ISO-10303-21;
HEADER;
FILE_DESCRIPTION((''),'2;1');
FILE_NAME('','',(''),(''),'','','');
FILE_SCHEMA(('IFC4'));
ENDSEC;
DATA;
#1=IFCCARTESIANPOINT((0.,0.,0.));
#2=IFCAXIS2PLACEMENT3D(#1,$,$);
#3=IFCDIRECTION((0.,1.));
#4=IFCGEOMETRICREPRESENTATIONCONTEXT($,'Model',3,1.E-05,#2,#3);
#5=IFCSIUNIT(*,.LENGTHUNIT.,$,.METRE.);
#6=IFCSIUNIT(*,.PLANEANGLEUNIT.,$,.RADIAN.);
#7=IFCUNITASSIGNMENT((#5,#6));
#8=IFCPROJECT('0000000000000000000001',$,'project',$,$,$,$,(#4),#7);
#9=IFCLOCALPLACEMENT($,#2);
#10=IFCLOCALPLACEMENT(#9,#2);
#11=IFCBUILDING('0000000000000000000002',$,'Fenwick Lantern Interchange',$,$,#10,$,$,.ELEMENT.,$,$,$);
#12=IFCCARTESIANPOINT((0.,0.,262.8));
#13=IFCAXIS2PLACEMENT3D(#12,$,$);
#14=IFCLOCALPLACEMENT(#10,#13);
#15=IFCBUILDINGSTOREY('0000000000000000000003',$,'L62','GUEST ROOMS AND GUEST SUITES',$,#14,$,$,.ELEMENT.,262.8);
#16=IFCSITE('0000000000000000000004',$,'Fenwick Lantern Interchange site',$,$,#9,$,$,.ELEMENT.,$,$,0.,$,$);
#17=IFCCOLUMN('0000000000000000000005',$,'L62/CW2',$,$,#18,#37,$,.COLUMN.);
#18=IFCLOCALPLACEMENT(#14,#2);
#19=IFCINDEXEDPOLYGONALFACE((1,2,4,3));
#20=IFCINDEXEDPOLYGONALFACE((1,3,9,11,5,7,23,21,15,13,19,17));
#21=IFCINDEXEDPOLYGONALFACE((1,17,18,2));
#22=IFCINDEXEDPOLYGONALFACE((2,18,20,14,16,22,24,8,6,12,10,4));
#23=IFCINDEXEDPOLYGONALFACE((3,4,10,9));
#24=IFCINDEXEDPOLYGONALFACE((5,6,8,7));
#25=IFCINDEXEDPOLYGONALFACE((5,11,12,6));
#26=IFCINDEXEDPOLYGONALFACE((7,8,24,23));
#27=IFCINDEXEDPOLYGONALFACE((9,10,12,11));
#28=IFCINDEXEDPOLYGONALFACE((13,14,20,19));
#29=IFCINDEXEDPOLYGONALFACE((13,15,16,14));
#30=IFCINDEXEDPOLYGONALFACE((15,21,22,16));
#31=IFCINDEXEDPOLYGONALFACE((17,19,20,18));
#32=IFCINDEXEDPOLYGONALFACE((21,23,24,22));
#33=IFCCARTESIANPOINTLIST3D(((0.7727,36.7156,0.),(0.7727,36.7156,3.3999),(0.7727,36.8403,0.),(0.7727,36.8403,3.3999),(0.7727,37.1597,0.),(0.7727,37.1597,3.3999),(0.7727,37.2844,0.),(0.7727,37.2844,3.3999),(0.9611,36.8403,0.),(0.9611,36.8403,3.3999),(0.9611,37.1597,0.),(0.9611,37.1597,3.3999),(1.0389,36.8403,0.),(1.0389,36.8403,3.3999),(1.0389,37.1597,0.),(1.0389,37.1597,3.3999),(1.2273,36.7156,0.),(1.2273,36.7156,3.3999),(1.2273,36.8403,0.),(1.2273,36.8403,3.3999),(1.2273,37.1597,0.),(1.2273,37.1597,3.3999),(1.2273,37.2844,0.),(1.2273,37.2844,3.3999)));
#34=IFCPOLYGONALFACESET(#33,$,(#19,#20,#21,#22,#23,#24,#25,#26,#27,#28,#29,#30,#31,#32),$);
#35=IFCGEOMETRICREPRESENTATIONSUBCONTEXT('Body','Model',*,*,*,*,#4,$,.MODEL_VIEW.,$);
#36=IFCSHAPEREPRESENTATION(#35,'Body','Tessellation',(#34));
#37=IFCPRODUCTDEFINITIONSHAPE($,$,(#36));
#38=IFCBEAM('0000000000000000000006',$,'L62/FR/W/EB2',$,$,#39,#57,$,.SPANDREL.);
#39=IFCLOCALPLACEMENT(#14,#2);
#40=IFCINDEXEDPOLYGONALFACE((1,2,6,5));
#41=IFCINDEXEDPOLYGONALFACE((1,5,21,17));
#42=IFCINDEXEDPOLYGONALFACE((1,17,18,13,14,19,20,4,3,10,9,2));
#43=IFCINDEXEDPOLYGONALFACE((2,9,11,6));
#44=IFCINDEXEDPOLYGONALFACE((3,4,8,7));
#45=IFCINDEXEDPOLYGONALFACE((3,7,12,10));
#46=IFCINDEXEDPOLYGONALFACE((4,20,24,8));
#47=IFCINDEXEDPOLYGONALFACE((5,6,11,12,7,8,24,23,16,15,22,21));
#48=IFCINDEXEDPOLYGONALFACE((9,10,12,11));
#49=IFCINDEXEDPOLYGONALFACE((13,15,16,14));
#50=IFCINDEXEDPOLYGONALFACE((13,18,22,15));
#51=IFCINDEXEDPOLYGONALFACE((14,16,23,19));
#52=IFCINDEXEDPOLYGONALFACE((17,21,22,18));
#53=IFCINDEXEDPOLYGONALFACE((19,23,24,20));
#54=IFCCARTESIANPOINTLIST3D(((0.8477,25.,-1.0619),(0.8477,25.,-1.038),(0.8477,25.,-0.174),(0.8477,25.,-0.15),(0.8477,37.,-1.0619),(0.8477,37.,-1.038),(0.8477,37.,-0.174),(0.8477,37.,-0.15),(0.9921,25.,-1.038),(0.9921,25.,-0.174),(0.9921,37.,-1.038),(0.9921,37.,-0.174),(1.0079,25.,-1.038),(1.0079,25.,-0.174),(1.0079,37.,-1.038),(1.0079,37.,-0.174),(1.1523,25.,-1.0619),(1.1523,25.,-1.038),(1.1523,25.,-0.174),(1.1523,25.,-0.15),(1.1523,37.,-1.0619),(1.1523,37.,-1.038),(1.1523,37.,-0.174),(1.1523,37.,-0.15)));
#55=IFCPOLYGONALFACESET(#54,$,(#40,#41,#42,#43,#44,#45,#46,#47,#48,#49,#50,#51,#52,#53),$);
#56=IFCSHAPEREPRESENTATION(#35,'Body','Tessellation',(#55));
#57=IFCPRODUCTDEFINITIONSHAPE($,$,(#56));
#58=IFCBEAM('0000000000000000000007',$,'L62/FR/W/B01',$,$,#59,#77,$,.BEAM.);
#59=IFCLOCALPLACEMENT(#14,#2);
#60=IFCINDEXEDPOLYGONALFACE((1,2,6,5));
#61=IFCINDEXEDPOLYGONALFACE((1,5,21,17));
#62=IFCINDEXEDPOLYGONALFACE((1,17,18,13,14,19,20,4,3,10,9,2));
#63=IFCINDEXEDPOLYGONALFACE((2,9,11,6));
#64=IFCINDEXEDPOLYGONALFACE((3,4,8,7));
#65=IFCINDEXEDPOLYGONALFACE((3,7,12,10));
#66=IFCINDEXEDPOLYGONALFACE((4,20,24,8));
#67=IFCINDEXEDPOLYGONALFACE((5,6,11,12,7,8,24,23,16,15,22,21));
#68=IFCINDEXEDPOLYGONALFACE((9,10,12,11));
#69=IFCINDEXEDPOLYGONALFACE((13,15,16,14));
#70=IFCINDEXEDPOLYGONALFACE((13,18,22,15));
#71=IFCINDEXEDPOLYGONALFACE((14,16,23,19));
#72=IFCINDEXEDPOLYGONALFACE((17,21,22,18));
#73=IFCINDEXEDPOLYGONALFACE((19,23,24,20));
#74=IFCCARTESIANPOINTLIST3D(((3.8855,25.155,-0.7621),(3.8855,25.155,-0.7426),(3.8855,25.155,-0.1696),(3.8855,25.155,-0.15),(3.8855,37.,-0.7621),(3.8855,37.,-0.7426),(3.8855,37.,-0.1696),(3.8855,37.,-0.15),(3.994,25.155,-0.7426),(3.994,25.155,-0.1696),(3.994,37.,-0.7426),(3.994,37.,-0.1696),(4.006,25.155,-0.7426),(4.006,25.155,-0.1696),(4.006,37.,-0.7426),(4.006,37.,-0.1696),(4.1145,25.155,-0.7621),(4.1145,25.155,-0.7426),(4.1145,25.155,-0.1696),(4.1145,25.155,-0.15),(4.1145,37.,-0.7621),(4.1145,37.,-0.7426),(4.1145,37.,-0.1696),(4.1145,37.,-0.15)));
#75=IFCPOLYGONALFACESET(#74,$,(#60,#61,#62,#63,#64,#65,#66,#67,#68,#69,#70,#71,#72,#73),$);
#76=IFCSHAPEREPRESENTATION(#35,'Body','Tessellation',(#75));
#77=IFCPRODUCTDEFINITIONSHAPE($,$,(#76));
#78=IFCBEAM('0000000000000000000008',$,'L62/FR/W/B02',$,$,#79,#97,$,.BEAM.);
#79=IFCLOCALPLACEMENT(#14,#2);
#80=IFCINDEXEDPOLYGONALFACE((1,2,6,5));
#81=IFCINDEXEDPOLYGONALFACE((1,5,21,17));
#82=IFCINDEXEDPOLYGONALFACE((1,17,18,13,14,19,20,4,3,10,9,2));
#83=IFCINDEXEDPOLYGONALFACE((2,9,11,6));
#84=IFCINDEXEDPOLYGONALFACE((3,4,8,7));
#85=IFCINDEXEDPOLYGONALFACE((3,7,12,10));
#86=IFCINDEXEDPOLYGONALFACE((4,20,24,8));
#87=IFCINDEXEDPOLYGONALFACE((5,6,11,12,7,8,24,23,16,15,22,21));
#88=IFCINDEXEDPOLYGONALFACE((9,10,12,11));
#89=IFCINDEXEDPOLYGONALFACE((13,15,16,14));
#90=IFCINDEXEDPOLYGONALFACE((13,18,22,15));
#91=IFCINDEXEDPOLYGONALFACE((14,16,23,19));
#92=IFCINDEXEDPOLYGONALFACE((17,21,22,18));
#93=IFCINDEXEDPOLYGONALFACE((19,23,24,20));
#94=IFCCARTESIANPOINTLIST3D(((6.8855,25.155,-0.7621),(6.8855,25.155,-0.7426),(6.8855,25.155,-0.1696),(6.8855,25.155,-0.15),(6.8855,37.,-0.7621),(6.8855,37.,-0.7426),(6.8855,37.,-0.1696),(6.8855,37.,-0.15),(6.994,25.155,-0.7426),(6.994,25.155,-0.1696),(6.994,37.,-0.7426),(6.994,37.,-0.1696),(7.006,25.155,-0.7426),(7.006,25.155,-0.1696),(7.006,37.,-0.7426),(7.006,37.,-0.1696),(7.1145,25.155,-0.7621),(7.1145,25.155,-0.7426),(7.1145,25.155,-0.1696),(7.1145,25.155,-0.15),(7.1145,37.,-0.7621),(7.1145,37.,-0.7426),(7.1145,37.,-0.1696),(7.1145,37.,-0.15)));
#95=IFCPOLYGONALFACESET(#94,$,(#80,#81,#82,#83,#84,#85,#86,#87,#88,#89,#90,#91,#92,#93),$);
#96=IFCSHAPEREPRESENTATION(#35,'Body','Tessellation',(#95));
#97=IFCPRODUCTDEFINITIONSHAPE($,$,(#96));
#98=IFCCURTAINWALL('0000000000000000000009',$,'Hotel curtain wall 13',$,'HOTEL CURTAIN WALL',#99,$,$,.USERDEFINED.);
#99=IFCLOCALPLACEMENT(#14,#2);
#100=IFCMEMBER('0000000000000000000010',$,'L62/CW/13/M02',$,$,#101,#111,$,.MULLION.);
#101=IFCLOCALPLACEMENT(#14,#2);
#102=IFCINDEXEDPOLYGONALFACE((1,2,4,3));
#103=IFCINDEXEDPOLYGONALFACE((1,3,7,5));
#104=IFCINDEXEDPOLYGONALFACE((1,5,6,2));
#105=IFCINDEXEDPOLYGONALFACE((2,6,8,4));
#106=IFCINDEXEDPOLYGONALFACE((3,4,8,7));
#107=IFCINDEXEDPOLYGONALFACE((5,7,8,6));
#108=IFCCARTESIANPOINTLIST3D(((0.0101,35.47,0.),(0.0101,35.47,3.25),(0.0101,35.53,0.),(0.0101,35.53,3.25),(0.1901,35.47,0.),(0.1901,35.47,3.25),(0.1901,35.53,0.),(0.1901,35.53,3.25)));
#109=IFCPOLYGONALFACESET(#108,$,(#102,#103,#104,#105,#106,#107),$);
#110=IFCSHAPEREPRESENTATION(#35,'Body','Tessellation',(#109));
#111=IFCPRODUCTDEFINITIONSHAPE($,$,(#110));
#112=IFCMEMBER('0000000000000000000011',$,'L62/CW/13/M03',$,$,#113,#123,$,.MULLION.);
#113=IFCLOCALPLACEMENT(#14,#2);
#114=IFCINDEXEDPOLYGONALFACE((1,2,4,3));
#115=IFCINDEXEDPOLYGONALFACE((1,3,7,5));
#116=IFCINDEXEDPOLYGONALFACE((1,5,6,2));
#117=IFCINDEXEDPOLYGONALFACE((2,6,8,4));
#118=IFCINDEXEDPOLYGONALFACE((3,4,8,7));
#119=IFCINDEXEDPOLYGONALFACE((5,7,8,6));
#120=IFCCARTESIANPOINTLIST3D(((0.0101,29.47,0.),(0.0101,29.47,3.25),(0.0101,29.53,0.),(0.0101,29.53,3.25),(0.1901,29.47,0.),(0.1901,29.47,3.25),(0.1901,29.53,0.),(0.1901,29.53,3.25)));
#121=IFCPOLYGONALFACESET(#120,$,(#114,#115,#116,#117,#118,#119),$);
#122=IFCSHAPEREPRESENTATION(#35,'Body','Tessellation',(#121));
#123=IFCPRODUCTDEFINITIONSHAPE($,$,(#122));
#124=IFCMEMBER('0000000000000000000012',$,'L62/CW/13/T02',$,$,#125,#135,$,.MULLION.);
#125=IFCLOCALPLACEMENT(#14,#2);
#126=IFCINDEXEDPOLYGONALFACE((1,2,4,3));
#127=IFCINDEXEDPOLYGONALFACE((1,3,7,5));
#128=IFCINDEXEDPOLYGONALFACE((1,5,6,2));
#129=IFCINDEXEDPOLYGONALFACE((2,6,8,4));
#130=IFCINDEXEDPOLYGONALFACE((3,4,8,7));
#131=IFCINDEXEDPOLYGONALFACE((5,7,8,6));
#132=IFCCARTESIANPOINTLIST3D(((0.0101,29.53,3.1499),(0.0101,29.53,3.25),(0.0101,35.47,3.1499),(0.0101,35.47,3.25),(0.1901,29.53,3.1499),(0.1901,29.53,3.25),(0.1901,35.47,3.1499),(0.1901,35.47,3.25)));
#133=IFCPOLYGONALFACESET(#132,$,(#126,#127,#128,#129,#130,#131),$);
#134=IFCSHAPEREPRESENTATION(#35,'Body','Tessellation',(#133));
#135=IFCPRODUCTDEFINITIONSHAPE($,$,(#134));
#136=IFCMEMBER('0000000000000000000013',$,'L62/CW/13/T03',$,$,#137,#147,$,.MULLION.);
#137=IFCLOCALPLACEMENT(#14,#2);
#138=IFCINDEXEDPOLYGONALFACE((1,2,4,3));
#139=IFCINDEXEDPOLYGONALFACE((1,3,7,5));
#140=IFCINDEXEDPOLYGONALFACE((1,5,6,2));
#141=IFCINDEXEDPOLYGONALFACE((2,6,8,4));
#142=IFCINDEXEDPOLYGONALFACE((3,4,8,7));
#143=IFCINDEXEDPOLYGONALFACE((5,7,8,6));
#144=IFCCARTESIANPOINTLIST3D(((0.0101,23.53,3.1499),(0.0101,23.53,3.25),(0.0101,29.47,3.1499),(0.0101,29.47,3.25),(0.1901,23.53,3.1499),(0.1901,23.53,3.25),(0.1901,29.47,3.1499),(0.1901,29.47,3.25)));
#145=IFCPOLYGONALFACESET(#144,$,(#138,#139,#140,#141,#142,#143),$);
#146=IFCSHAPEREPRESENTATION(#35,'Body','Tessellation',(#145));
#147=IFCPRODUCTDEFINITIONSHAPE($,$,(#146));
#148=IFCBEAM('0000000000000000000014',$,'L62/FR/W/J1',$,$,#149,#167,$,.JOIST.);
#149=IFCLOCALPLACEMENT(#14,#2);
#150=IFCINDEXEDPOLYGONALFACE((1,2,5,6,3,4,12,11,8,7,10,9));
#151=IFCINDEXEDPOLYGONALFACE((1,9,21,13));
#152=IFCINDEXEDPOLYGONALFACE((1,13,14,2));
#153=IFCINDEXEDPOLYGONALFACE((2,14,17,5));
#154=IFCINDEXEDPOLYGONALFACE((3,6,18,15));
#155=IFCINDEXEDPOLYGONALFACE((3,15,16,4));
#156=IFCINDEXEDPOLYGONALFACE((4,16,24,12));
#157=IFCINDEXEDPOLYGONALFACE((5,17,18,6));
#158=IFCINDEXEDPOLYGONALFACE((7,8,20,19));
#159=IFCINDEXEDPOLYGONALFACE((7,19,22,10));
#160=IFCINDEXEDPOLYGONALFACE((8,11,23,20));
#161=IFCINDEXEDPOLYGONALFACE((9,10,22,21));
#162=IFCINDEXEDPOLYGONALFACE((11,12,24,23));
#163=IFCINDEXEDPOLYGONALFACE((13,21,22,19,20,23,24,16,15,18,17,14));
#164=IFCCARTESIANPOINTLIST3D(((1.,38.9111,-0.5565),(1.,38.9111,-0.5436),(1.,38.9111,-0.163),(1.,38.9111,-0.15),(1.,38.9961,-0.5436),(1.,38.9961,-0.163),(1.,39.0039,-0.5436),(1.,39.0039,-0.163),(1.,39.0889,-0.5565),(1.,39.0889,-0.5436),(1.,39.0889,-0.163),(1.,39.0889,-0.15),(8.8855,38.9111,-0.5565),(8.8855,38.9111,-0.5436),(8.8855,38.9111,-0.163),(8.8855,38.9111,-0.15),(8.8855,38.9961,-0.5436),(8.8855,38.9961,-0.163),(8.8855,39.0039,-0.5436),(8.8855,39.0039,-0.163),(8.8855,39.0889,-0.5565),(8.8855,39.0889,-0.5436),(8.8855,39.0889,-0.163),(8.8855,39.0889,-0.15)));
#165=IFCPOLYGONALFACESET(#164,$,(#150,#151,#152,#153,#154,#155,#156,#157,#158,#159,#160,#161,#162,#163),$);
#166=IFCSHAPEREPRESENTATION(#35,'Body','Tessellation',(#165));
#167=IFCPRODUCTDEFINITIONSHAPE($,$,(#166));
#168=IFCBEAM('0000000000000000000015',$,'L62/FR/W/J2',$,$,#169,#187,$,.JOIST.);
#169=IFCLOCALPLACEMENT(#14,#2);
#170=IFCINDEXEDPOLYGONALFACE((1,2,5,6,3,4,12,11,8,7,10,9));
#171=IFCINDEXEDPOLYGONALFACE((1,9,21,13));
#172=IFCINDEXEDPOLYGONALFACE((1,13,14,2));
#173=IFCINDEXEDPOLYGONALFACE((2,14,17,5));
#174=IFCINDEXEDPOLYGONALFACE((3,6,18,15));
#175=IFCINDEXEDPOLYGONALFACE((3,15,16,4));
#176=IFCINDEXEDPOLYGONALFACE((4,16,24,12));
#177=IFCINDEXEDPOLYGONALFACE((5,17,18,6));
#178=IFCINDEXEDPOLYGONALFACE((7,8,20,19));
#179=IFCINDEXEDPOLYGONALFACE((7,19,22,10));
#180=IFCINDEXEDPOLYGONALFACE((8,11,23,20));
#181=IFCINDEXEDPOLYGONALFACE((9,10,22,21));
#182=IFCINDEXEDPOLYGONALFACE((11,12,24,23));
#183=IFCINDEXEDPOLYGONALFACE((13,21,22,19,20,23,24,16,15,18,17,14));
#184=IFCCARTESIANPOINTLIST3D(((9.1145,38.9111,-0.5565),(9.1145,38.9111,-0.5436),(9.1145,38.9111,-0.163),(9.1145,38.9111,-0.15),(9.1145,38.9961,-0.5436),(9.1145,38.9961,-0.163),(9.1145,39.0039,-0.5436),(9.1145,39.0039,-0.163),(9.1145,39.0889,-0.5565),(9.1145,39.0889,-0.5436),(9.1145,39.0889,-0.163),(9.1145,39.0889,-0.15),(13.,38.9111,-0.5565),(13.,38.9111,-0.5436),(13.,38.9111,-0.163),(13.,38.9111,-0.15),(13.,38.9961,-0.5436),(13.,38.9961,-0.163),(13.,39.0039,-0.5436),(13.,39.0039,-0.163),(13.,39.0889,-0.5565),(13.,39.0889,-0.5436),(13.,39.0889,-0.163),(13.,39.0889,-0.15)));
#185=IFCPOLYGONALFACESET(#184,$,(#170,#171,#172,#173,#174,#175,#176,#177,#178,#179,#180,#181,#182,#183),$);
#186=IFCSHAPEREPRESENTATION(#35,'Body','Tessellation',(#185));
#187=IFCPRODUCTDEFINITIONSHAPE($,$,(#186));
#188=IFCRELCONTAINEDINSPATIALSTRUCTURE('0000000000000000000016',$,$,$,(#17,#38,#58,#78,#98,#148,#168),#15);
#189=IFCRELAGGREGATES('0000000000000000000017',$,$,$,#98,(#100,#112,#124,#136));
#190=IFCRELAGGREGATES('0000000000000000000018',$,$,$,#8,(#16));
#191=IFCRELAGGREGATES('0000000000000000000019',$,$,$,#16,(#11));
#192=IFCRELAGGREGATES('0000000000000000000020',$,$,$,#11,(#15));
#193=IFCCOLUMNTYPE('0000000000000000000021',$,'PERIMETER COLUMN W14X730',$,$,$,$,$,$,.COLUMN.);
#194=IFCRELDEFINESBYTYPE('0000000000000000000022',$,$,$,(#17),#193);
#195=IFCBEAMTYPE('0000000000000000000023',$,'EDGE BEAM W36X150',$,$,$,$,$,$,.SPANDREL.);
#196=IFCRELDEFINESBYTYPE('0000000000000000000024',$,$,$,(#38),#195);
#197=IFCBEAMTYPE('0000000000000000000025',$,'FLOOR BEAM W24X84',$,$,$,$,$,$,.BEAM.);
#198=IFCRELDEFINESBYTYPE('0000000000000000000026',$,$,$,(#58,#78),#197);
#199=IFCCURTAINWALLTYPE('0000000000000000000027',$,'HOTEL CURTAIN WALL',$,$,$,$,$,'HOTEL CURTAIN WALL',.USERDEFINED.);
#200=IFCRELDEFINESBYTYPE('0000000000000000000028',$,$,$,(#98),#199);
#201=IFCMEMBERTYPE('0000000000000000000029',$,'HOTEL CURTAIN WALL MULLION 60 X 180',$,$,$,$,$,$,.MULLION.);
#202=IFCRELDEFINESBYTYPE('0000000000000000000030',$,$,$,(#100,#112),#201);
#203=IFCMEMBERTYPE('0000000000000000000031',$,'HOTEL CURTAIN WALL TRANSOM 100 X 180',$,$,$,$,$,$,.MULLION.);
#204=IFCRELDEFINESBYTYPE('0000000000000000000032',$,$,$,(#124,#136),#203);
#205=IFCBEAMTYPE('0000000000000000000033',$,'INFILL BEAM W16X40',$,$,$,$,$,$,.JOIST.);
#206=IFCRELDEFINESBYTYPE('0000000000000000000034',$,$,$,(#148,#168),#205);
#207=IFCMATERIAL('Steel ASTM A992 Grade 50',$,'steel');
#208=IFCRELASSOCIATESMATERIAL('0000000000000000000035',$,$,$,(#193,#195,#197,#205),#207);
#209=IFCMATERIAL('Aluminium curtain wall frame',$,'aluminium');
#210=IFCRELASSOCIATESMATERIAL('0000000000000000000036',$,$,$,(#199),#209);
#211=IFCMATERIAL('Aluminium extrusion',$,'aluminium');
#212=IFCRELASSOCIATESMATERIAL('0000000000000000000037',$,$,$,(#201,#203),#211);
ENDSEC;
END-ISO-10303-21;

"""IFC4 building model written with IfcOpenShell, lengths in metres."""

from ifc_helpers import new_model, si_unit, direction, frame, origin, origin_2d, place, context, subcontext, project, spatial, rectangle, i_section, extrude, material, material_profile, profile_set, type_object, element, aggregate, save


model = new_model("IFC4")

# Units and contexts
model_context = context("Model", 3, precision=1e-05, world=origin(), true_north=direction((0.0, 1.0)))
body_context = subcontext(model_context, "Body", "Model", "MODEL_VIEW")
ifc_project = project(units=[si_unit("LENGTHUNIT", "METRE"), si_unit("PLANEANGLEUNIT", "RADIAN")], contexts=[model_context])

# Site, building, storey
site_placement = place(None, origin())
site = spatial("IfcSite", under=ifc_project, at=site_placement, Name="Fenwick Lantern Interchange site", CompositionType="ELEMENT", RefElevation=0.0)
building_placement = place(site_placement, origin())
building = spatial("IfcBuilding", under=site, at=building_placement, Name="Fenwick Lantern Interchange", CompositionType="ELEMENT")
storey_placement = place(building_placement, frame((0.0, 0.0, 262.8)))
storey = spatial("IfcBuildingStorey", under=building, at=storey_placement, Name="L62", Description="GUEST ROOMS AND GUEST SUITES", CompositionType="ELEMENT", Elevation=262.8)

# Column
ifc_material_1 = material(Name="Steel ASTM A992 Grade 50", Category="steel")
ifc_material_profile_1 = material_profile(ifc_material_1, i_section(OverallWidth=0.4546, OverallDepth=0.5688, WebThickness=0.0779, FlangeThickness=0.1248, at=origin_2d()), Name="W14X730")
ifc_profile_set_1 = profile_set([ifc_material_profile_1], Name="Steel ASTM A992 Grade 50")
column_type = type_object("IfcColumnType", Name="PERIMETER COLUMN W14X730", PredefinedType="COLUMN", material=ifc_profile_set_1)
column_placement = place(storey_placement, frame((1.0, 37.0, 0.0), z_axis=(0.0, 0.0, 1.0), x_axis=(1.0, 0.0, 0.0)))
element("IfcColumn", 1, at=column_placement, inside=storey, type_object=column_type, Name="L62/CW2", PredefinedType="COLUMN", context=body_context, shape_type="SweptSolid", body=[
    extrude(i_section(OverallWidth=0.4546, OverallDepth=0.5688, WebThickness=0.0779, FlangeThickness=0.1248, at=origin_2d()), origin(), (0.0, 0.0, 1.0), 3.3999),
])

# Beams
ifc_material_profile_2 = material_profile(ifc_material_1, i_section(OverallWidth=0.3047, OverallDepth=0.9119, WebThickness=0.0159, FlangeThickness=0.0239, at=origin_2d()), Name="W36X150")
ifc_profile_set_2 = profile_set([ifc_material_profile_2], Name="Steel ASTM A992 Grade 50")
beam_type_1 = type_object("IfcBeamType", Name="EDGE BEAM W36X150", PredefinedType="SPANDREL", material=ifc_profile_set_2)
beam_1_placement = place(storey_placement, frame((1.0, 37.0, -0.606), z_axis=(0.0, -1.0, 0.0), x_axis=(1.0, 0.0, 0.0)))
element("IfcBeam", 2, at=beam_1_placement, inside=storey, type_object=beam_type_1, Name="L62/FR/W/EB2", PredefinedType="SPANDREL", context=body_context, shape_type="SweptSolid", body=[
    extrude(i_section(OverallWidth=0.3047, OverallDepth=0.9119, WebThickness=0.0159, FlangeThickness=0.0239, at=origin_2d()), origin(), (0.0, 0.0, 1.0), 12.0),
])
ifc_material_profile_3 = material_profile(ifc_material_1, i_section(OverallWidth=0.229, OverallDepth=0.6121, WebThickness=0.012, FlangeThickness=0.0195, at=origin_2d()), Name="W24X84")
ifc_profile_set_3 = profile_set([ifc_material_profile_3], Name="Steel ASTM A992 Grade 50")
beam_type_2 = type_object("IfcBeamType", Name="FLOOR BEAM W24X84", PredefinedType="BEAM", material=ifc_profile_set_3)
for number, where, z_axis, x_axis, name in (
    (3, (4.0, 37.0, -0.4561), (0.0, -1.0, 0.0), (1.0, 0.0, 0.0), "L62/FR/W/B01"),
    (4, (7.0, 37.0, -0.4561), (0.0, -1.0, 0.0), (1.0, 0.0, 0.0), "L62/FR/W/B02"),
):
    element("IfcBeam", number, at=place(storey_placement, frame(where, z_axis=z_axis, x_axis=x_axis)), inside=storey, type_object=beam_type_2, Name=name, PredefinedType="BEAM", context=body_context, shape_type="SweptSolid", body=[
        extrude(i_section(OverallWidth=0.229, OverallDepth=0.6121, WebThickness=0.012, FlangeThickness=0.0195, at=origin_2d()), origin(), (0.0, 0.0, 1.0), 11.845),
    ])

# Curtain wall, members
ifc_material_2 = material(Name="Aluminium curtain wall frame", Category="aluminium")
curtain_wall_type = type_object("IfcCurtainWallType", Name="HOTEL CURTAIN WALL", ElementType="HOTEL CURTAIN WALL", PredefinedType="USERDEFINED", material=ifc_material_2)
curtain_wall_placement = place(storey_placement, origin())
curtain_wall = element("IfcCurtainWall", 5, at=curtain_wall_placement, inside=storey, type_object=curtain_wall_type, Name="Hotel curtain wall 13", ObjectType="HOTEL CURTAIN WALL", PredefinedType="USERDEFINED")
ifc_material_3 = material(Name="Aluminium extrusion", Category="aluminium")
ifc_material_profile_4 = material_profile(ifc_material_3, rectangle(XDim=0.1799, YDim=0.0601, at=origin_2d()), Name="HOTEL CURTAIN WALL MULLION 60 X 180")
ifc_profile_set_4 = profile_set([ifc_material_profile_4], Name="Aluminium extrusion")
member_type_1 = type_object("IfcMemberType", Name="HOTEL CURTAIN WALL MULLION 60 X 180", PredefinedType="MULLION", material=ifc_profile_set_4)
member_1_placement = place(storey_placement, frame((0.1001, 35.5, 0.0), z_axis=(0.0, 0.0, 1.0), x_axis=(1.0, 0.0, 0.0)))
member_1 = element("IfcMember", 6, at=member_1_placement, type_object=member_type_1, Name="L62/CW/13/M02", PredefinedType="MULLION", context=body_context, shape_type="SweptSolid", body=[
    extrude(rectangle(XDim=0.1799, YDim=0.0601, at=origin_2d()), origin(), (0.0, 0.0, 1.0), 3.25),
])
member_2_placement = place(storey_placement, frame((0.1001, 29.5, 0.0), z_axis=(0.0, 0.0, 1.0), x_axis=(1.0, 0.0, 0.0)))
member_2 = element("IfcMember", 7, at=member_2_placement, type_object=member_type_1, Name="L62/CW/13/M03", PredefinedType="MULLION", context=body_context, shape_type="SweptSolid", body=[
    extrude(rectangle(XDim=0.1799, YDim=0.0601, at=origin_2d()), origin(), (0.0, 0.0, 1.0), 3.25),
])
ifc_material_profile_5 = material_profile(ifc_material_3, rectangle(XDim=0.1799, YDim=0.1001, at=origin_2d()), Name="HOTEL CURTAIN WALL TRANSOM 100 X 180")
ifc_profile_set_5 = profile_set([ifc_material_profile_5], Name="Aluminium extrusion")
member_type_2 = type_object("IfcMemberType", Name="HOTEL CURTAIN WALL TRANSOM 100 X 180", PredefinedType="MULLION", material=ifc_profile_set_5)
member_3_placement = place(storey_placement, frame((0.1001, 35.47, 3.2), z_axis=(0.0, -1.0, 0.0), x_axis=(1.0, 0.0, 0.0)))
member_3 = element("IfcMember", 8, at=member_3_placement, type_object=member_type_2, Name="L62/CW/13/T02", PredefinedType="MULLION", context=body_context, shape_type="SweptSolid", body=[
    extrude(rectangle(XDim=0.1799, YDim=0.1001, at=origin_2d()), origin(), (0.0, 0.0, 1.0), 5.9399),
])
member_4_placement = place(storey_placement, frame((0.1001, 29.47, 3.2), z_axis=(0.0, -1.0, 0.0), x_axis=(1.0, 0.0, 0.0)))
member_4 = element("IfcMember", 9, at=member_4_placement, type_object=member_type_2, Name="L62/CW/13/T03", PredefinedType="MULLION", context=body_context, shape_type="SweptSolid", body=[
    extrude(rectangle(XDim=0.1799, YDim=0.1001, at=origin_2d()), origin(), (0.0, 0.0, 1.0), 5.9399),
])
aggregate(curtain_wall, [member_1, member_2, member_3, member_4])

# Beams
ifc_material_profile_6 = material_profile(ifc_material_1, i_section(OverallWidth=0.1777, OverallDepth=0.4065, WebThickness=0.0078, FlangeThickness=0.0129, at=origin_2d()), Name="W16X40")
ifc_profile_set_6 = profile_set([ifc_material_profile_6], Name="Steel ASTM A992 Grade 50")
beam_type_3 = type_object("IfcBeamType", Name="INFILL BEAM W16X40", PredefinedType="JOIST", material=ifc_profile_set_6)
beam_2_placement = place(storey_placement, frame((1.0, 39.0, -0.3533), z_axis=(1.0, 0.0, 0.0), x_axis=(0.0, 1.0, 0.0)))
element("IfcBeam", 10, at=beam_2_placement, inside=storey, type_object=beam_type_3, Name="L62/FR/W/J1", PredefinedType="JOIST", context=body_context, shape_type="SweptSolid", body=[
    extrude(i_section(OverallWidth=0.1777, OverallDepth=0.4065, WebThickness=0.0078, FlangeThickness=0.0129, at=origin_2d()), origin(), (0.0, 0.0, 1.0), 7.8855),
])
beam_3_placement = place(storey_placement, frame((9.1145, 39.0, -0.3533), z_axis=(1.0, 0.0, 0.0), x_axis=(0.0, 1.0, 0.0)))
element("IfcBeam", 11, at=beam_3_placement, inside=storey, type_object=beam_type_3, Name="L62/FR/W/J2", PredefinedType="JOIST", context=body_context, shape_type="SweptSolid", body=[
    extrude(i_section(OverallWidth=0.1777, OverallDepth=0.4065, WebThickness=0.0078, FlangeThickness=0.0129, at=origin_2d()), origin(), (0.0, 0.0, 1.0), 3.8855),
])

save(model, "model.ifc")
